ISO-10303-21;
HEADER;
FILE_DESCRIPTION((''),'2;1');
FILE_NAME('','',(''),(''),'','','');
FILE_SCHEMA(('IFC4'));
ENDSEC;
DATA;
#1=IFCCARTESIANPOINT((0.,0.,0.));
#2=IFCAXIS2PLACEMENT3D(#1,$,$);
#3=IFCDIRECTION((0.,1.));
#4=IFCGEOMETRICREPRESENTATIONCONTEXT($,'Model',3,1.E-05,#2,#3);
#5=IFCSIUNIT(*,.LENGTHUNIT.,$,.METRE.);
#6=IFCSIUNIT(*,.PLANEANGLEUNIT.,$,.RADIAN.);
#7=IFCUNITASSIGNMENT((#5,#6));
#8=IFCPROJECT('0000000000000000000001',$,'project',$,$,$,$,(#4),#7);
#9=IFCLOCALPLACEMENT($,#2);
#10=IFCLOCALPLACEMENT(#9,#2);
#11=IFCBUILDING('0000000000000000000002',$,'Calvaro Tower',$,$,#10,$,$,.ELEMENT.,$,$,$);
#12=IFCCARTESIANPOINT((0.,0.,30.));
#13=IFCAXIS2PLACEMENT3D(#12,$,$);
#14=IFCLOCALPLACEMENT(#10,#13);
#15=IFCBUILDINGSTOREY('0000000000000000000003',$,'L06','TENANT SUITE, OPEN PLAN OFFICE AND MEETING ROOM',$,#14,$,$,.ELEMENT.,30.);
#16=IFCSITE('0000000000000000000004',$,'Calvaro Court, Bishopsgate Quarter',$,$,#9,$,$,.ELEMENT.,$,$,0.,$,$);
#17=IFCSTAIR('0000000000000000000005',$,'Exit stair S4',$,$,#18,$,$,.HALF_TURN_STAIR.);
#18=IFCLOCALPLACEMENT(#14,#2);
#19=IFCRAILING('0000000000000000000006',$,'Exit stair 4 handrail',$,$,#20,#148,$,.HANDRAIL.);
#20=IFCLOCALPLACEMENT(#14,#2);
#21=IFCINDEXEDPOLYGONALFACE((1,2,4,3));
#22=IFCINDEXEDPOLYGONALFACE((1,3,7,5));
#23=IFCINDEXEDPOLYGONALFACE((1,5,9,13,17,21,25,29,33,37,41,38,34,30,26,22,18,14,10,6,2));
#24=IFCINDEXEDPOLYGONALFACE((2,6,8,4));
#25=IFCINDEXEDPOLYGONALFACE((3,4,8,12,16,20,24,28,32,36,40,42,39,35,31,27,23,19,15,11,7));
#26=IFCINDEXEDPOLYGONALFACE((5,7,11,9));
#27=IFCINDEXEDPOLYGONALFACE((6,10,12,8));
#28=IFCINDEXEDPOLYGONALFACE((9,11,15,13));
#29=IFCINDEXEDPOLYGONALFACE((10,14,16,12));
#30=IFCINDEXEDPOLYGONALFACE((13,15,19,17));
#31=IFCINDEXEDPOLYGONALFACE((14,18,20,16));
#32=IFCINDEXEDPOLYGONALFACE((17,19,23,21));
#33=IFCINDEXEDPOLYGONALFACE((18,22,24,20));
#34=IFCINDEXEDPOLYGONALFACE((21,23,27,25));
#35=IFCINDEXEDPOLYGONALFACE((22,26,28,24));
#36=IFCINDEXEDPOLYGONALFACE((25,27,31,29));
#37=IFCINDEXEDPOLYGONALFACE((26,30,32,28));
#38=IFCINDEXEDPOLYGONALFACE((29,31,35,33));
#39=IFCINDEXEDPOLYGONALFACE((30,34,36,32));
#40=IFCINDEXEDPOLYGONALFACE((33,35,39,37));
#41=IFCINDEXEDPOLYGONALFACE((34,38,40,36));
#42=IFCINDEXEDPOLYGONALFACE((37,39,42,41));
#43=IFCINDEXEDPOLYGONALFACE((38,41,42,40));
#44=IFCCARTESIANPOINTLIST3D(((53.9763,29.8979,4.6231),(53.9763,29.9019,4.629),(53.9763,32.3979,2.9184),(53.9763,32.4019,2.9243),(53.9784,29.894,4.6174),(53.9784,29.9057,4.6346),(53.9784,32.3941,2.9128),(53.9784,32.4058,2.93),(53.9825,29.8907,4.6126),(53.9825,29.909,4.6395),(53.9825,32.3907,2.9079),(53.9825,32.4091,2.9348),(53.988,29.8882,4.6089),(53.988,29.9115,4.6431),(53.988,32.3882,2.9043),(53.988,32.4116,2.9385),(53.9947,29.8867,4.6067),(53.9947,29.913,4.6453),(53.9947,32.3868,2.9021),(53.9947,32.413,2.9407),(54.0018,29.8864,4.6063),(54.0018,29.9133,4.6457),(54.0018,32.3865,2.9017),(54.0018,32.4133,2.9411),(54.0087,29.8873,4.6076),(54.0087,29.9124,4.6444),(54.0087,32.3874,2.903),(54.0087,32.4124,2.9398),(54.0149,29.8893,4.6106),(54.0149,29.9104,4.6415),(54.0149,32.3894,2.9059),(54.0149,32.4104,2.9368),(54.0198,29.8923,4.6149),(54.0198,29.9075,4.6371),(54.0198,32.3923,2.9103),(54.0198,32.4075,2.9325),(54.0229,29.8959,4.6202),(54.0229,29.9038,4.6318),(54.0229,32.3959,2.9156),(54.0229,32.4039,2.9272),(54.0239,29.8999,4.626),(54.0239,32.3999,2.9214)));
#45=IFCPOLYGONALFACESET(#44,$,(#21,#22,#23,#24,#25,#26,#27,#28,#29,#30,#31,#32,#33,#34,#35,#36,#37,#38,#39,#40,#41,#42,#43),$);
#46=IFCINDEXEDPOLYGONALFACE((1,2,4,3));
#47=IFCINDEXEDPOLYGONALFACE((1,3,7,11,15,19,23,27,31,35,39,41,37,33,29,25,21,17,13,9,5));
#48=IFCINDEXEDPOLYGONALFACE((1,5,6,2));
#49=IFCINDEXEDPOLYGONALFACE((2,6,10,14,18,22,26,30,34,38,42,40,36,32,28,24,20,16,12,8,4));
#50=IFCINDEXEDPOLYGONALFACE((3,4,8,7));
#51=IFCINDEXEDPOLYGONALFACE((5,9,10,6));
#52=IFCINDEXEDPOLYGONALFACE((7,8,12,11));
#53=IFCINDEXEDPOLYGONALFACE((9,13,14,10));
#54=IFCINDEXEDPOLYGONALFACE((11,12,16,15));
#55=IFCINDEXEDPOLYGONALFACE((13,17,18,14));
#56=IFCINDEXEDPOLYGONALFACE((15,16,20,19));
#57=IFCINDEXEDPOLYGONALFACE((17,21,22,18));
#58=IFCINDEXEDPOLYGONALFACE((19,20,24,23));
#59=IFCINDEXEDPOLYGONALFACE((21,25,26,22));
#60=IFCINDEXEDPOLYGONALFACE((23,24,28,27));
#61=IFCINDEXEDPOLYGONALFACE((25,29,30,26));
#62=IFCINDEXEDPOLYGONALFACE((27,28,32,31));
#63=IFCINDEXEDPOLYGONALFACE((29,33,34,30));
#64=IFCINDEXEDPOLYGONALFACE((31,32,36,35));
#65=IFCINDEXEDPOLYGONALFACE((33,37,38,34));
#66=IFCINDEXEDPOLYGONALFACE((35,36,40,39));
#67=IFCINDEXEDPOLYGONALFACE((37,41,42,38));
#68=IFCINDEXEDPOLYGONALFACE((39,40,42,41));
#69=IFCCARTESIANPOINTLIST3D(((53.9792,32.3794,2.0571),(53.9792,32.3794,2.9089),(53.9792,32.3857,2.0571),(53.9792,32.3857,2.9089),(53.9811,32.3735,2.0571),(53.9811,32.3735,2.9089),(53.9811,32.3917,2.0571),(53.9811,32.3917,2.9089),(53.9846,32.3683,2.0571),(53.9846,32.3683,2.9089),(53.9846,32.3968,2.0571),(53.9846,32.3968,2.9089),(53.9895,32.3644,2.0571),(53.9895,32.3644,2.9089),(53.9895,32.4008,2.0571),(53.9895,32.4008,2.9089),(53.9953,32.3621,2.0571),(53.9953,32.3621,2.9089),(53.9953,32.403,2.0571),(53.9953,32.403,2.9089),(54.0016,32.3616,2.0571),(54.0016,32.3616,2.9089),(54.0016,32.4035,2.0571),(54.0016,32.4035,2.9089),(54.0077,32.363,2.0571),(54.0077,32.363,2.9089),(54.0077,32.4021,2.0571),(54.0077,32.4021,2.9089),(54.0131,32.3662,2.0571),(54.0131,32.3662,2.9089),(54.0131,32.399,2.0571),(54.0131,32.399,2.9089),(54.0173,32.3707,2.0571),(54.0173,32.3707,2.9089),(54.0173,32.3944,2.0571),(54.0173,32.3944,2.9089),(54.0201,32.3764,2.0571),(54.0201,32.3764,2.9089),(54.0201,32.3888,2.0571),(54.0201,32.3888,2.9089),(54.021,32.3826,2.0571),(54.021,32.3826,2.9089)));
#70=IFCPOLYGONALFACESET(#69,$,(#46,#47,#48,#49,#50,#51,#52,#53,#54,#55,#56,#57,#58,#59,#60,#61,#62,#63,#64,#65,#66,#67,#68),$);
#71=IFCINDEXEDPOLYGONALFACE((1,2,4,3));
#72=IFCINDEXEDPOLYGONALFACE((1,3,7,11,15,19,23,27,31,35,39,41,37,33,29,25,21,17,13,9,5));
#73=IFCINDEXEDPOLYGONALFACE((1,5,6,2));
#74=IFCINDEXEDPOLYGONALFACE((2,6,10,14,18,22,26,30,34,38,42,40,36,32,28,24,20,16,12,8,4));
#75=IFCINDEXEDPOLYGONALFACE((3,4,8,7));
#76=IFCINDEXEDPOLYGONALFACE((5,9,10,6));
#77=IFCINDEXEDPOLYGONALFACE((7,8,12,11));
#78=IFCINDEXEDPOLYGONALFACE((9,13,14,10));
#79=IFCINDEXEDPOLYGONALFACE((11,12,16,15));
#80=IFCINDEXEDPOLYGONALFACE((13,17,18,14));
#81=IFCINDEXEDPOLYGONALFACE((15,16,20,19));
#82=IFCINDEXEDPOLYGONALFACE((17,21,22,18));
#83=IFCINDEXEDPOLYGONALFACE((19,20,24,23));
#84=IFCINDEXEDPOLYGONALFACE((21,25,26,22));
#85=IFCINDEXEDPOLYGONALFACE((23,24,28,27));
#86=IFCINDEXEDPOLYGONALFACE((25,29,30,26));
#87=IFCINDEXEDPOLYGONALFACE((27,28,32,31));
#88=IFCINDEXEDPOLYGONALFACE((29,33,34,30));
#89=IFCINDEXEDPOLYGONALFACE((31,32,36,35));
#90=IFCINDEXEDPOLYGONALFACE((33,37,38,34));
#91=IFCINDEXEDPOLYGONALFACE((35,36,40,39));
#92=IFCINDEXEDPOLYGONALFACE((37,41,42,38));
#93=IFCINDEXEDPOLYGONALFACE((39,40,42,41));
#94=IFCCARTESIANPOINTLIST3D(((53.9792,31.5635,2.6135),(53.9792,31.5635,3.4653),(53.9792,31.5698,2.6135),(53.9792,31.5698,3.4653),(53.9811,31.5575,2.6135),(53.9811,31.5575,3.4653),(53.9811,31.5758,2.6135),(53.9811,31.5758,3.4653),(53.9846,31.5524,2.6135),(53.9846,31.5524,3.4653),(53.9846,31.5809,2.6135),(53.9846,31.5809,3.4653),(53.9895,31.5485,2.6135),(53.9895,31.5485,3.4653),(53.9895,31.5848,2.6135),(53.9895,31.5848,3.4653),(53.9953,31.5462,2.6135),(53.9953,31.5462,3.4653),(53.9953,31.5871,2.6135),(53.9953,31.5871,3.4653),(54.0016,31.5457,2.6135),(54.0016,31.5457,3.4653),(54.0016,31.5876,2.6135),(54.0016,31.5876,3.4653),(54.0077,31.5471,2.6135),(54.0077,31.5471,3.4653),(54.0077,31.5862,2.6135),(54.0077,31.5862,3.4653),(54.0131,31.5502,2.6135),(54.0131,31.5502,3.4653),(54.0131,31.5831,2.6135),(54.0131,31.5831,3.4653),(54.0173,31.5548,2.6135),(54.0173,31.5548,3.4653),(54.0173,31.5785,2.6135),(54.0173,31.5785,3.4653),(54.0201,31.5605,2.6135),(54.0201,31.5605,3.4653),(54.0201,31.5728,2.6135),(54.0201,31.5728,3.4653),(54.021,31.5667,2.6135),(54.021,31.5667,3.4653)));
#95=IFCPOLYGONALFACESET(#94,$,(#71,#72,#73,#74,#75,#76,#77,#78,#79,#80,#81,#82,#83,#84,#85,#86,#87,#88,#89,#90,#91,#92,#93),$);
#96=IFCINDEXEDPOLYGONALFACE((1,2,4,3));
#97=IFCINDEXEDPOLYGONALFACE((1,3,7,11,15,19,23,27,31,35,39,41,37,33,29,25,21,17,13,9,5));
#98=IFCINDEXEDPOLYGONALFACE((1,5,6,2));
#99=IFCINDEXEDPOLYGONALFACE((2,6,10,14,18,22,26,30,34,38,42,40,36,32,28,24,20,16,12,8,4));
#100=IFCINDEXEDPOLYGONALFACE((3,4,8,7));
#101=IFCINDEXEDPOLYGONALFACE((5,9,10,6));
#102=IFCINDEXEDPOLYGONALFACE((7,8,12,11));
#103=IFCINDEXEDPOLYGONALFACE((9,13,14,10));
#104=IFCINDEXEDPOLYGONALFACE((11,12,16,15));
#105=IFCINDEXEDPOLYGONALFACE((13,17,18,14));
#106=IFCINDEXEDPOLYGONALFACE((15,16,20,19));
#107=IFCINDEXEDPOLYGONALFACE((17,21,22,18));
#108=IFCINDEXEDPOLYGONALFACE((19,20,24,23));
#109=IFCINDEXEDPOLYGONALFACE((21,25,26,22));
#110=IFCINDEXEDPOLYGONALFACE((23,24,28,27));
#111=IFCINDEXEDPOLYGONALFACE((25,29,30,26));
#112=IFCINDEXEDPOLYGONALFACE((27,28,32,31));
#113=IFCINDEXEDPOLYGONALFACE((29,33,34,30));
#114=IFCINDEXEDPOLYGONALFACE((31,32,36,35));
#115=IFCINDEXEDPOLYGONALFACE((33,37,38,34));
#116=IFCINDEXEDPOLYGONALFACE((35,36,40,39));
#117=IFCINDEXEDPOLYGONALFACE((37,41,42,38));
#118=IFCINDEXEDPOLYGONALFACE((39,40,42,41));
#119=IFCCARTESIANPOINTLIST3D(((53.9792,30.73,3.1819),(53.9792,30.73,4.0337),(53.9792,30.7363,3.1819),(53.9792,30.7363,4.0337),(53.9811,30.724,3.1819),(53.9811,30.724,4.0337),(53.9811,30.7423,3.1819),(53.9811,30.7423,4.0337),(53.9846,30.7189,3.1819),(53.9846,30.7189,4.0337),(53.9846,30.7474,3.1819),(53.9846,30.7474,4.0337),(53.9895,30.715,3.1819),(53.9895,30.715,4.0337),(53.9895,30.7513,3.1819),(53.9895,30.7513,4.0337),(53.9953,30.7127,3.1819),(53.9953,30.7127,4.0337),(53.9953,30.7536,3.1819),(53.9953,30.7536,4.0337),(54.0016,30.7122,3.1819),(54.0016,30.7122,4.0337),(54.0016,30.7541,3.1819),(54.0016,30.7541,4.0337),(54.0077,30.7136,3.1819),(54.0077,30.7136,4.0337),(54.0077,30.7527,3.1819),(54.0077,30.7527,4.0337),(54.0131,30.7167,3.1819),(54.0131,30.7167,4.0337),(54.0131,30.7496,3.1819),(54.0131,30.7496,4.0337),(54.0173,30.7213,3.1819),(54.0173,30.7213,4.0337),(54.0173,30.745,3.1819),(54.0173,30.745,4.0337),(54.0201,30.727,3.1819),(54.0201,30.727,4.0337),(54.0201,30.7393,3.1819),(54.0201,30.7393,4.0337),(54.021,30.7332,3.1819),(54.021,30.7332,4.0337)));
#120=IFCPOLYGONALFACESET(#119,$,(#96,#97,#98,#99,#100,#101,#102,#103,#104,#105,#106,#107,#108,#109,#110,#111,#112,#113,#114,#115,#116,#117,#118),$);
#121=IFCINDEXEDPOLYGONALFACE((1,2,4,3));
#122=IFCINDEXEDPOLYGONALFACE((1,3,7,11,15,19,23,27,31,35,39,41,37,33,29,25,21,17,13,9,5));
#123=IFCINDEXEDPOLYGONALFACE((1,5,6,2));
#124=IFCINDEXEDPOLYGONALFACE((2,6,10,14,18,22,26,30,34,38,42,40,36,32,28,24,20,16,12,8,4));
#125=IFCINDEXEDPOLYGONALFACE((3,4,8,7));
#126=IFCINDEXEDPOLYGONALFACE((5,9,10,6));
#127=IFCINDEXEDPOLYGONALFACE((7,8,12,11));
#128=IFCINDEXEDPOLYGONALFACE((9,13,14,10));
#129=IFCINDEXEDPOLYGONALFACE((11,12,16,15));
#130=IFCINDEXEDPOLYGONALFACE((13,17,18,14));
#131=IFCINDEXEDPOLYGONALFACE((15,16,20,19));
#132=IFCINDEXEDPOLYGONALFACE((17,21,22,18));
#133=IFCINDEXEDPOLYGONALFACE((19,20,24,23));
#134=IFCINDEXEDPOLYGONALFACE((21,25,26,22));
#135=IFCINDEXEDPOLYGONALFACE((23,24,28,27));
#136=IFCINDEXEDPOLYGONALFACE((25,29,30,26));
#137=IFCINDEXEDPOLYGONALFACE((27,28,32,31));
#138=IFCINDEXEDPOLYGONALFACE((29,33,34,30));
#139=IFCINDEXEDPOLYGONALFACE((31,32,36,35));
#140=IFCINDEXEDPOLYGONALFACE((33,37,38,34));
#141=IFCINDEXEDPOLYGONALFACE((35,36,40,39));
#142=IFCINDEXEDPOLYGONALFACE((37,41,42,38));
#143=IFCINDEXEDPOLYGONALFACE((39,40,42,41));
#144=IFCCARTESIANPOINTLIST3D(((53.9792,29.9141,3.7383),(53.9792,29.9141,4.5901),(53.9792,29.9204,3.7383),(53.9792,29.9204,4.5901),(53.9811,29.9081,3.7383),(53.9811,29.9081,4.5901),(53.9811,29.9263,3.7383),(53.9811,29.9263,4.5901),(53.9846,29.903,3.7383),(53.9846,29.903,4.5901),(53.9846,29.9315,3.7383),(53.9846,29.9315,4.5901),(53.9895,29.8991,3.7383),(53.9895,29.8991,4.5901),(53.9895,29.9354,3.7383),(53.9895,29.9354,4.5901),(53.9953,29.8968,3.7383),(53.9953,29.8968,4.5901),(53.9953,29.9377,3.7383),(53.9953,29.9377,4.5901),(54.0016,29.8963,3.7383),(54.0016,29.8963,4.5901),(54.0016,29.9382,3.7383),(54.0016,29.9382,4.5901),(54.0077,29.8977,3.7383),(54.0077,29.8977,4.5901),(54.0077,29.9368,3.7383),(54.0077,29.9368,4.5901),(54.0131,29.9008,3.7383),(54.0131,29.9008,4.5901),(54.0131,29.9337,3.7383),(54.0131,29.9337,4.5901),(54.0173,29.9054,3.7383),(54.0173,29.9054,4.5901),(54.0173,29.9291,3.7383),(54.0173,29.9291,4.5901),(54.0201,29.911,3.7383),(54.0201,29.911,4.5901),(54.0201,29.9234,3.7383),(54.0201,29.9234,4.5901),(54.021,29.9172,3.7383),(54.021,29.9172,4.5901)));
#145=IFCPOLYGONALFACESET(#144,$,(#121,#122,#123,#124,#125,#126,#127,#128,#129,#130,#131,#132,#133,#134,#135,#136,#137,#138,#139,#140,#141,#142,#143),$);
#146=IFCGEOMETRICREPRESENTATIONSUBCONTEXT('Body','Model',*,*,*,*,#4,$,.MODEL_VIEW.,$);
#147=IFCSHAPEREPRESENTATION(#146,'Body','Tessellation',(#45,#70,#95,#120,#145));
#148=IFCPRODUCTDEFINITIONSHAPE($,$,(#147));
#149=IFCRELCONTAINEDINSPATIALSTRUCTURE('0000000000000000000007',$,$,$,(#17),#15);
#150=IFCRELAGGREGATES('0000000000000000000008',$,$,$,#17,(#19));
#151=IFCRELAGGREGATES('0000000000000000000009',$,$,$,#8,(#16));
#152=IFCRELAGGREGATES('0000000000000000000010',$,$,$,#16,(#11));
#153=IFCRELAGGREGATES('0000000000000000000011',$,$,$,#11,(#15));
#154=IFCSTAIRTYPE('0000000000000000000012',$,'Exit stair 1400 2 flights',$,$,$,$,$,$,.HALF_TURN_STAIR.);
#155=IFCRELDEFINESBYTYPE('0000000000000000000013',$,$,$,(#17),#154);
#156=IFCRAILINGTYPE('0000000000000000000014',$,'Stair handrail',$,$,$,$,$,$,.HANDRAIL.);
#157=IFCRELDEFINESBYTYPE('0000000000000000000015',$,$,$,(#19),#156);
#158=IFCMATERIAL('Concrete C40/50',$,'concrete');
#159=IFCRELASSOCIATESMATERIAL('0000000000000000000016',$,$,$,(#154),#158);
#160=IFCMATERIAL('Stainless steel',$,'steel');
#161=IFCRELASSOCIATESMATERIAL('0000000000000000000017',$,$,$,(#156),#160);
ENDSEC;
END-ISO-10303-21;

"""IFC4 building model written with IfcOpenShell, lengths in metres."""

from ifc_helpers import new_model, si_unit, direction, frame, origin, origin_2d, place, context, subcontext, project, spatial, circle, extrude, material, type_object, element, aggregate, save


model = new_model("IFC4")

# Units and contexts
model_context = context("Model", 3, precision=1e-05, world=origin(), true_north=direction((0.0, 1.0)))
body_context = subcontext(model_context, "Body", "Model", "MODEL_VIEW")
ifc_project = project(units=[si_unit("LENGTHUNIT", "METRE"), si_unit("PLANEANGLEUNIT", "RADIAN")], contexts=[model_context])

# Site, building, storey
site_placement = place(None, origin())
site = spatial("IfcSite", under=ifc_project, at=site_placement, Name="Calvaro Court, Bishopsgate Quarter", CompositionType="ELEMENT", RefElevation=0.0)
building_placement = place(site_placement, origin())
building = spatial("IfcBuilding", under=site, at=building_placement, Name="Calvaro Tower", CompositionType="ELEMENT")
storey_placement = place(building_placement, frame((0.0, 0.0, 30.0)))
storey = spatial("IfcBuildingStorey", under=building, at=storey_placement, Name="L06", Description="TENANT SUITE, OPEN PLAN OFFICE AND MEETING ROOM", CompositionType="ELEMENT", Elevation=30.0)

# Shared definitions
ifc_material_1 = material(Name="Concrete C40/50", Category="concrete")
stair_type = type_object("IfcStairType", Name="Exit stair 1400 2 flights", PredefinedType="HALF_TURN_STAIR", material=ifc_material_1)

# Stair, railing
stair_1_placement = place(storey_placement, origin())
stair_1 = element("IfcStair", 1, at=stair_1_placement, inside=storey, type_object=stair_type, Name="Exit stair S4", PredefinedType="HALF_TURN_STAIR")
ifc_material_2 = material(Name="Stainless steel", Category="steel")
railing_type = type_object("IfcRailingType", Name="Stair handrail", PredefinedType="HANDRAIL", material=ifc_material_2)
railing_1_placement = place(storey_placement, frame((54.0, 32.3999, 2.0454)))
railing_1 = element("IfcRailing", 2, at=railing_1_placement, type_object=railing_type, Name="Exit stair 4 handrail", PredefinedType="HANDRAIL", context=body_context, shape_type="SweptSolid", body=[
    extrude(circle(Radius=0.0239, at=origin_2d()), frame((0.0, 0.0, 0.876), z_axis=(0.0, -0.826221, 0.563347), x_axis=(1.0, 0.0, 0.0)), (0.0, 0.0, 1.0), 3.0259),
    extrude(circle(Radius=0.021, at=origin_2d()), frame((0.0, -0.0173, 0.0117)), (0.0, 0.0, 1.0), 0.8518),
    extrude(circle(Radius=0.021, at=origin_2d()), frame((0.0, -0.8333, 0.5681)), (0.0, 0.0, 1.0), 0.8518),
    extrude(circle(Radius=0.021, at=origin_2d()), frame((0.0, -1.6667, 1.1365)), (0.0, 0.0, 1.0), 0.8518),
    extrude(circle(Radius=0.021, at=origin_2d()), frame((0.0, -2.4827, 1.6929)), (0.0, 0.0, 1.0), 0.8518),
])
aggregate(stair_1, [railing_1])

save(model, "model.ifc")
